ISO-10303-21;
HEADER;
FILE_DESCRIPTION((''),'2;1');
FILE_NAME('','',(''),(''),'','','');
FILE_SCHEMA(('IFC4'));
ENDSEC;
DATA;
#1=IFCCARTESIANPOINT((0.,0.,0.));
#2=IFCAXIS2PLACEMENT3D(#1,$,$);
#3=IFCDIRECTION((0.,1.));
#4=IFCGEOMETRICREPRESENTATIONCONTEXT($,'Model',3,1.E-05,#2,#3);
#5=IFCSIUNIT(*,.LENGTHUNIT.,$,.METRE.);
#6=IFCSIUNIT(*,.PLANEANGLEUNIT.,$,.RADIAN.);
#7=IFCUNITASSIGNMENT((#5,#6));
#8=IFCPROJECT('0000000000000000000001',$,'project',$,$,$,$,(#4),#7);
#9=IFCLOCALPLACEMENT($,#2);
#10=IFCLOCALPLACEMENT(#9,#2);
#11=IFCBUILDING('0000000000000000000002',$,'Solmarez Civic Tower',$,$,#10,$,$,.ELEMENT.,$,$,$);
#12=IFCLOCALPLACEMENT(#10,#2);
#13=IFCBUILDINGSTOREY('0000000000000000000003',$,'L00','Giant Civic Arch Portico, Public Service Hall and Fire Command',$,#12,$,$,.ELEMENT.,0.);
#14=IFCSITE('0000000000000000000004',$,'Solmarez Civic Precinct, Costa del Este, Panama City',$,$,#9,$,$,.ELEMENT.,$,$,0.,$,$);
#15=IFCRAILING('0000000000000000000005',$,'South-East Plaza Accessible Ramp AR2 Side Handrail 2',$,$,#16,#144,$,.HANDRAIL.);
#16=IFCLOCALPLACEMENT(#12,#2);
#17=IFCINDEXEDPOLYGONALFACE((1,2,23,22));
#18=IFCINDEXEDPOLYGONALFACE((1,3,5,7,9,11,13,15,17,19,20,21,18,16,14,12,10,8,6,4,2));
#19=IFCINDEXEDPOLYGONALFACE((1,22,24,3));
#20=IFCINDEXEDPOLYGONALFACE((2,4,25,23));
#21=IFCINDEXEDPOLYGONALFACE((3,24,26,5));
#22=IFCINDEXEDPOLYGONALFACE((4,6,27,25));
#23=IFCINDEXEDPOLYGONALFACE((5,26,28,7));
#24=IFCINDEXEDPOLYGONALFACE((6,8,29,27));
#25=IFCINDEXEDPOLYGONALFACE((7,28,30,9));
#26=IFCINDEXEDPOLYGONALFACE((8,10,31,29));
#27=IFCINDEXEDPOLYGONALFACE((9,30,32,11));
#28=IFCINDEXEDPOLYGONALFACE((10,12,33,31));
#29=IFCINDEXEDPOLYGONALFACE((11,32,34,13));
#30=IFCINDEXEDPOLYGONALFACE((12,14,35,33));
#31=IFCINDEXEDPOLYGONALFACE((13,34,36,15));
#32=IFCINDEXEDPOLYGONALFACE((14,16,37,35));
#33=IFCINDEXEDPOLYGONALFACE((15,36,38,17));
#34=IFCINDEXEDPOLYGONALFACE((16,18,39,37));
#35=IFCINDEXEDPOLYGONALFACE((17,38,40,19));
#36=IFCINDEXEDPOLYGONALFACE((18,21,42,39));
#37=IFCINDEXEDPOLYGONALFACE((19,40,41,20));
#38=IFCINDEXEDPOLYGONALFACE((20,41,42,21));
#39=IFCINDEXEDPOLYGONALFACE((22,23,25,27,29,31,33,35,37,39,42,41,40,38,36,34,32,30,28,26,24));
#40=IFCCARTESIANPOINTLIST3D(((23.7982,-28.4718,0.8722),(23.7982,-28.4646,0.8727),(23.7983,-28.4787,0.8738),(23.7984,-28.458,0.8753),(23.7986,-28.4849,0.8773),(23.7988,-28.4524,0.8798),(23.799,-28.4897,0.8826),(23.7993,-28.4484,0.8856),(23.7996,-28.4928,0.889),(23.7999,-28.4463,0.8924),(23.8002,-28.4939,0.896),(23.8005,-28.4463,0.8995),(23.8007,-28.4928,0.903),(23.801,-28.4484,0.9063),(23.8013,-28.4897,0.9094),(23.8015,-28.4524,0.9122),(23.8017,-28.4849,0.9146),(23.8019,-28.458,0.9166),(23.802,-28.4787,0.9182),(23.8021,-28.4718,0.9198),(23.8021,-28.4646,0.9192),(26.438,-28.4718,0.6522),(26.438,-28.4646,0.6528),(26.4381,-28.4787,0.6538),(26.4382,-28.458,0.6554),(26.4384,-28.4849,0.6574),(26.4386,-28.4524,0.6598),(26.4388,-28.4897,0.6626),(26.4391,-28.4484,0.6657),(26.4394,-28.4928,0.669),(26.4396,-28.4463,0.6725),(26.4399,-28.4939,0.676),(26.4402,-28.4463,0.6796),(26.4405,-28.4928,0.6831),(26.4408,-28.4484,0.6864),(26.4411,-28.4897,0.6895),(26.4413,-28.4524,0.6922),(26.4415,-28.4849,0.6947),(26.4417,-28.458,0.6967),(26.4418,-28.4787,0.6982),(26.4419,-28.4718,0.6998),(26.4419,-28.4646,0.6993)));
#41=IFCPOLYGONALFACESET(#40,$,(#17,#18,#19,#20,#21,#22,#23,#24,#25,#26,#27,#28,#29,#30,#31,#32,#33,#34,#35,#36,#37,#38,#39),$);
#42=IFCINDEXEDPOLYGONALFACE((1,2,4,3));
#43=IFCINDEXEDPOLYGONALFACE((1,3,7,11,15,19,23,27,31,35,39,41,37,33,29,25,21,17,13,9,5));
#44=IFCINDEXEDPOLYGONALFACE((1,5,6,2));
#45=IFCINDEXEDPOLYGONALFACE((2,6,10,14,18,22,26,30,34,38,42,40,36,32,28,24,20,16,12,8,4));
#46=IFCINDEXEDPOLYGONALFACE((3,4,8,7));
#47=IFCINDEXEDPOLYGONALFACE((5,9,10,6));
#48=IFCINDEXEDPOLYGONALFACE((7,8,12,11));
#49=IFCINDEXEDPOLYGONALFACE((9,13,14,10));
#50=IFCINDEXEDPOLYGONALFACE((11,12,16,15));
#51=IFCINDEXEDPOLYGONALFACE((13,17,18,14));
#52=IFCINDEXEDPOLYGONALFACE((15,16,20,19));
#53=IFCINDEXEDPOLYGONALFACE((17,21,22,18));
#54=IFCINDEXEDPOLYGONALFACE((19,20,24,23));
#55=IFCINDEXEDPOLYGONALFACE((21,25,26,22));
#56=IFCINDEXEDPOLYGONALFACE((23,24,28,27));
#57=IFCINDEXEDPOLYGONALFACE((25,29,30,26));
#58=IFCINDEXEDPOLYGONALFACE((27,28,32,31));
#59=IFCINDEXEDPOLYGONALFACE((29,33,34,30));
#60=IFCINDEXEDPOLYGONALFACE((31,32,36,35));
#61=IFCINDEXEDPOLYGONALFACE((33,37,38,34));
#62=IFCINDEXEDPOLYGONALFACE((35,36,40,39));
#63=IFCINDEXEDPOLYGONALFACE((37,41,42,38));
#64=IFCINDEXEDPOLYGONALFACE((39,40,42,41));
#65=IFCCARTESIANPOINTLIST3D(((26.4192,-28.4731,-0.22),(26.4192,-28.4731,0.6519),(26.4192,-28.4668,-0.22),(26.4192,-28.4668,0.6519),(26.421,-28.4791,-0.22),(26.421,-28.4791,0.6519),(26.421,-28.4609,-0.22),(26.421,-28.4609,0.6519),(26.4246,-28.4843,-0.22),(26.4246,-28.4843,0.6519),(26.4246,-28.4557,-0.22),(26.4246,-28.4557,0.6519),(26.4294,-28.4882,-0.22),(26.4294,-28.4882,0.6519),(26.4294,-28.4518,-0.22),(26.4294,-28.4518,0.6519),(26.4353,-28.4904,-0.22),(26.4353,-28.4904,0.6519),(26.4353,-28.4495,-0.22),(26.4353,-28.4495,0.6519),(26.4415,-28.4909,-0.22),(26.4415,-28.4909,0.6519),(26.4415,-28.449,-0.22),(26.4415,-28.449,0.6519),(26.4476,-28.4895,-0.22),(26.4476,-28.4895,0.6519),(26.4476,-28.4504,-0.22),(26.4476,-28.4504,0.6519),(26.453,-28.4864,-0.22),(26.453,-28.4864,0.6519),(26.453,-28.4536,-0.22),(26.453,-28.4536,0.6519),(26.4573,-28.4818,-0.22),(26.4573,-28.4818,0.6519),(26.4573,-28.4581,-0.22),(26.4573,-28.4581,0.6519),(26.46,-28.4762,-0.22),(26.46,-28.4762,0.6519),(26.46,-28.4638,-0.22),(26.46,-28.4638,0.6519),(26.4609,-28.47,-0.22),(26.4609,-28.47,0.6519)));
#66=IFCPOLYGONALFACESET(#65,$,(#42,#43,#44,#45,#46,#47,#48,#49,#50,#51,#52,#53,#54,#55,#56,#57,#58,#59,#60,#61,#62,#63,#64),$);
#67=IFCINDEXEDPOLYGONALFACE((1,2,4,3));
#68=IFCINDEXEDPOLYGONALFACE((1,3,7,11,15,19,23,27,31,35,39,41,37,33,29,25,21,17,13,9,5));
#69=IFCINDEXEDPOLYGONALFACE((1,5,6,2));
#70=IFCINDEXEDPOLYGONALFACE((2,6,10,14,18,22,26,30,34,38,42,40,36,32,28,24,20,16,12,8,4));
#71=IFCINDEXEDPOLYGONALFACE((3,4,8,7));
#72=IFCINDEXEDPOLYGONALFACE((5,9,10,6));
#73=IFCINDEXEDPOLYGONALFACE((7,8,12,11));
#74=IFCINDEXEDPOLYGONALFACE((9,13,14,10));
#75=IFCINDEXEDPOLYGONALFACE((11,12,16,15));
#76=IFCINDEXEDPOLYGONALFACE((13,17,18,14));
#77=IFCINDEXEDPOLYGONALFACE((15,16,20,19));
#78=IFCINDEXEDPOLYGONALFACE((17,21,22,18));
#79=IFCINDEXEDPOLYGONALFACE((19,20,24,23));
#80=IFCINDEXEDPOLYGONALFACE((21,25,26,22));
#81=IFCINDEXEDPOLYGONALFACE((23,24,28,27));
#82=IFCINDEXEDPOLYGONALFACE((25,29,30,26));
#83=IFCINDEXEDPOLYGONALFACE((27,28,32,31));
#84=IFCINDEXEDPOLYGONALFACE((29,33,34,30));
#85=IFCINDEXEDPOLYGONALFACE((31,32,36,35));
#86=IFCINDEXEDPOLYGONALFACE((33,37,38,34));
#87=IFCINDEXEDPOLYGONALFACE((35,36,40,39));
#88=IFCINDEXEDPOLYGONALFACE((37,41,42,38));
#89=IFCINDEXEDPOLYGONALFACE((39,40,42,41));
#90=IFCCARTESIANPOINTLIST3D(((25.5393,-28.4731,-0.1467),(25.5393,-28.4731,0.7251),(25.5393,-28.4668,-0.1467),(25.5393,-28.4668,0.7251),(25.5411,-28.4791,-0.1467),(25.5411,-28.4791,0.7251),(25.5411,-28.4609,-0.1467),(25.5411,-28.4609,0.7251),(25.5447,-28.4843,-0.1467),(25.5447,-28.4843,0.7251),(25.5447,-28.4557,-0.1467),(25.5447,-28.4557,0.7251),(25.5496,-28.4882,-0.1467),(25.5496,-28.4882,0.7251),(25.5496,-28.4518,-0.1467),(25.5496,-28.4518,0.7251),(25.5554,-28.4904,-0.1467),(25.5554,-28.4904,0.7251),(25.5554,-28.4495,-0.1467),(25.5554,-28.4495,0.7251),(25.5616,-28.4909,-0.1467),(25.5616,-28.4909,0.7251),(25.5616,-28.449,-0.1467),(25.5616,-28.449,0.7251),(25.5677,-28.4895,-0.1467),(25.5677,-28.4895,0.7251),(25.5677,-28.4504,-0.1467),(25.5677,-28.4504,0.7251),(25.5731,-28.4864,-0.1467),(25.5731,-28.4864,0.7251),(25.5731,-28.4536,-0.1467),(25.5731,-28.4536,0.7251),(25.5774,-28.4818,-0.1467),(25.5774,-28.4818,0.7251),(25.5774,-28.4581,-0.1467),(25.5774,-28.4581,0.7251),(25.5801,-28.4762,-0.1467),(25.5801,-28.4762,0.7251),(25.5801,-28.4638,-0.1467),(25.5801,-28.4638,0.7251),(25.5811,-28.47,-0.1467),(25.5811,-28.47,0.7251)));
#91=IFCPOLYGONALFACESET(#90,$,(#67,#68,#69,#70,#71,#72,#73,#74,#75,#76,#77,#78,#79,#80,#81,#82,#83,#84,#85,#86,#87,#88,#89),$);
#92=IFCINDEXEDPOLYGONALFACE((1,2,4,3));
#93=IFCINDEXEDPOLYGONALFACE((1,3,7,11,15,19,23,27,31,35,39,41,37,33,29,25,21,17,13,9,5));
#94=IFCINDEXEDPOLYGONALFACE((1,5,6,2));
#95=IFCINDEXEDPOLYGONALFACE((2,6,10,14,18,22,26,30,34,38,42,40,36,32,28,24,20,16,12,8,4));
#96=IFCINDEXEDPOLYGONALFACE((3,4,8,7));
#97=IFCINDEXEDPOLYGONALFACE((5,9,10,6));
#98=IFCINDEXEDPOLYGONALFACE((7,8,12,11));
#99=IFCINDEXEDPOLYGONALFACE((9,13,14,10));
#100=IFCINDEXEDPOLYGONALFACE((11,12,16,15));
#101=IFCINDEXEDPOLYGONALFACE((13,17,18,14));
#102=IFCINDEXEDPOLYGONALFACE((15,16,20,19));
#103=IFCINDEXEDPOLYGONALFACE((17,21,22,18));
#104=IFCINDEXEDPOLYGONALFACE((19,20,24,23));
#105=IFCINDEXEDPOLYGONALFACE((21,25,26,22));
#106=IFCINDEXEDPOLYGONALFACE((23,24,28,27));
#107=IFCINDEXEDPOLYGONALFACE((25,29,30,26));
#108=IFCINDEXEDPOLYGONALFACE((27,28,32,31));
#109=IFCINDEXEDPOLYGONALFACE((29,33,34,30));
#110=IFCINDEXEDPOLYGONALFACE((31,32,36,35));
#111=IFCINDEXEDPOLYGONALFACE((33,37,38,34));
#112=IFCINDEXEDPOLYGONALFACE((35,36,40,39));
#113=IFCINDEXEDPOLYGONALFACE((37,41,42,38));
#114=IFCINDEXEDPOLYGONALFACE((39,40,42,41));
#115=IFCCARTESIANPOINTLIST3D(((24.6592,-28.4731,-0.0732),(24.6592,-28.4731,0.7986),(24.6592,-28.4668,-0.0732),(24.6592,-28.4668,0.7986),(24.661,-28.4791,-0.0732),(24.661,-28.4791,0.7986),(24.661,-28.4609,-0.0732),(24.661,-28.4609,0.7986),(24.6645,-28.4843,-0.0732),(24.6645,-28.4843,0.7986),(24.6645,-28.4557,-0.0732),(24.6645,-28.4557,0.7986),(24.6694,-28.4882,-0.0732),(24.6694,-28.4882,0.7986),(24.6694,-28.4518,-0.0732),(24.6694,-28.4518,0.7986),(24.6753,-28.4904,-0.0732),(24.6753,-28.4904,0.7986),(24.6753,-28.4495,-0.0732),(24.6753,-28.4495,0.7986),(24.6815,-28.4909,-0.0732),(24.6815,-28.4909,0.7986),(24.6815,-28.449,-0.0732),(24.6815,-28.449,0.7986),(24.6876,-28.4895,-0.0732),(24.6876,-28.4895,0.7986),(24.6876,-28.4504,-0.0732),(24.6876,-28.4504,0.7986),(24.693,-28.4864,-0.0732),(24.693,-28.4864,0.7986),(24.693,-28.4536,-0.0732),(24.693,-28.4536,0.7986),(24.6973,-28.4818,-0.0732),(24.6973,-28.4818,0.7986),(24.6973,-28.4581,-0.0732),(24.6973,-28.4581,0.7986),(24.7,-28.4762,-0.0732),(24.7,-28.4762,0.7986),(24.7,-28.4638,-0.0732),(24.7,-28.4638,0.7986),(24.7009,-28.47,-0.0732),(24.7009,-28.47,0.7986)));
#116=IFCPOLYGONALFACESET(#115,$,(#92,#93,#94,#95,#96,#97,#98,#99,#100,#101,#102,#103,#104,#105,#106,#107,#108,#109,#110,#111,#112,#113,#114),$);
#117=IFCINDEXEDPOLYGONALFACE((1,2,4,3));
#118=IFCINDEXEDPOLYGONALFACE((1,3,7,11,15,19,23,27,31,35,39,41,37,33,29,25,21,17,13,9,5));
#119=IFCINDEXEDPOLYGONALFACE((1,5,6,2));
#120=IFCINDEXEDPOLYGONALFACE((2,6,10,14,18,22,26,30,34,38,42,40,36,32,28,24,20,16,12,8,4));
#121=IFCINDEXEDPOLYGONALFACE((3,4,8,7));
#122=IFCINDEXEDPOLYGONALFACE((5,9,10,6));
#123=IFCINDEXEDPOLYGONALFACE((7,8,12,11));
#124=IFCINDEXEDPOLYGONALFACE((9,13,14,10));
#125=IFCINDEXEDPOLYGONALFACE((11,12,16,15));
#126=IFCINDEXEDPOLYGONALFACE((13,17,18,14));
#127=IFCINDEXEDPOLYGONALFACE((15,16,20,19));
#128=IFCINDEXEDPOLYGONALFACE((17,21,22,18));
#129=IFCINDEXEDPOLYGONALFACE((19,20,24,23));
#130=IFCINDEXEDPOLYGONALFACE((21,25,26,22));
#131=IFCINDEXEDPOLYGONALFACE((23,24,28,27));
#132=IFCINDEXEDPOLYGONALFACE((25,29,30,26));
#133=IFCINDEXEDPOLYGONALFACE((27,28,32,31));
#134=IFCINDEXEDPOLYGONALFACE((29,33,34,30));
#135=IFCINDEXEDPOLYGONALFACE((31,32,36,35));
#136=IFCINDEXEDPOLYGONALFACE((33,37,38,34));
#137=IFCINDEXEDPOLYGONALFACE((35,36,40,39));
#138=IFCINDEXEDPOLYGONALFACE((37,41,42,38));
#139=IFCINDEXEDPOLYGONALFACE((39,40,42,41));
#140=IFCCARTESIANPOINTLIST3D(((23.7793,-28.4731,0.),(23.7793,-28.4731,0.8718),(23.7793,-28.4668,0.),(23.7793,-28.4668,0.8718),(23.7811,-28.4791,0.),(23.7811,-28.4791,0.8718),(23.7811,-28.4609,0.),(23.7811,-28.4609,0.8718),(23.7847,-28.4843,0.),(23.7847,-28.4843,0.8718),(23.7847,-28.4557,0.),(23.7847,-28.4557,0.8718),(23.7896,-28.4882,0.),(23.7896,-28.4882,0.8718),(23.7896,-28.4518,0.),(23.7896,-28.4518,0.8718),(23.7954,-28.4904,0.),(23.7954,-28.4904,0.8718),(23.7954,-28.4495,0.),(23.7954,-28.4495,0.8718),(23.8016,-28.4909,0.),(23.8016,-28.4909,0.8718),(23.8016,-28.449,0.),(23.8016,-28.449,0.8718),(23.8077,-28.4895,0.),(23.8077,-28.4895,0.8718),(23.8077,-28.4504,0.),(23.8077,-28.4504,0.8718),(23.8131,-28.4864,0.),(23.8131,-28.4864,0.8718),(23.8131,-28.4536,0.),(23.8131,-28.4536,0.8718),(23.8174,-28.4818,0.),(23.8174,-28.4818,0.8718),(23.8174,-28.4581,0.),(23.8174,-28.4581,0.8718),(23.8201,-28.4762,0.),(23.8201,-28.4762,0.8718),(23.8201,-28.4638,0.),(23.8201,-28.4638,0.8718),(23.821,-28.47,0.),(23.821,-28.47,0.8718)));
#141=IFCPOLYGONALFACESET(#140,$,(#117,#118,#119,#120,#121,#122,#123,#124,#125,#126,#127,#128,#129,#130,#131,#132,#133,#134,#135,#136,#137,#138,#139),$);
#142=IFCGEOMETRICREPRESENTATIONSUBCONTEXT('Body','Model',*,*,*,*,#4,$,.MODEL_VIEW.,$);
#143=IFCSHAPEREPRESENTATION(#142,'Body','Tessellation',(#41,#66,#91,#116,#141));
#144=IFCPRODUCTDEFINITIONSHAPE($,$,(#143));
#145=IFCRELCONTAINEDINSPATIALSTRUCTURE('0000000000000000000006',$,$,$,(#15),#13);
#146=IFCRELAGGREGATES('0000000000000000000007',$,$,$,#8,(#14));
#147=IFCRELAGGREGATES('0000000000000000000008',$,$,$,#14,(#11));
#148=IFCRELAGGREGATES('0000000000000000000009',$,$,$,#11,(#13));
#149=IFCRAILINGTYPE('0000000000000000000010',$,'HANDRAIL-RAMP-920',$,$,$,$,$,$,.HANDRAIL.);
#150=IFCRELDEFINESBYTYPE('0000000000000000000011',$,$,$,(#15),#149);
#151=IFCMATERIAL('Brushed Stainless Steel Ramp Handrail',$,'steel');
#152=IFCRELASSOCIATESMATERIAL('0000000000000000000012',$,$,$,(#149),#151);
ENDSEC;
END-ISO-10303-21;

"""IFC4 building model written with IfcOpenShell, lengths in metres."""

from ifc_helpers import new_model, si_unit, direction, frame, origin, origin_2d, place, context, subcontext, project, spatial, circle, extrude, material, type_object, element, save


model = new_model("IFC4")

# Units and contexts
model_context = context("Model", 3, precision=1e-05, world=origin(), true_north=direction((0.0, 1.0)))
body_context = subcontext(model_context, "Body", "Model", "MODEL_VIEW")
ifc_project = project(units=[si_unit("LENGTHUNIT", "METRE"), si_unit("PLANEANGLEUNIT", "RADIAN")], contexts=[model_context])

# Site, building, storey
site_placement = place(None, origin())
site = spatial("IfcSite", under=ifc_project, at=site_placement, Name="Solmarez Civic Precinct, Costa del Este, Panama City", CompositionType="ELEMENT", RefElevation=0.0)
building_placement = place(site_placement, origin())
building = spatial("IfcBuilding", under=site, at=building_placement, Name="Solmarez Civic Tower", CompositionType="ELEMENT")
storey_placement = place(building_placement, origin())
storey = spatial("IfcBuildingStorey", under=building, at=storey_placement, Name="L00", Description="Giant Civic Arch Portico, Public Service Hall and Fire Command", CompositionType="ELEMENT", Elevation=0.0)

# Railing
ifc_material_1 = material(Name="Brushed Stainless Steel Ramp Handrail", Category="steel")
railing_type_1 = type_object("IfcRailingType", Name="HANDRAIL-RAMP-920", PredefinedType="HANDRAIL", material=ifc_material_1)
for number, where, name in (
    (1, (26.4399, -28.47, -0.22), "South-East Plaza Accessible Ramp AR2 Side Handrail 2"),
):
    element("IfcRailing", number, at=place(storey_placement, frame(where)), inside=storey, type_object=railing_type_1, Name=name, PredefinedType="HANDRAIL", context=body_context, shape_type="SweptSolid", body=[
        extrude(circle(Radius=0.0239, at=origin_2d()), frame((0.0, 0.0, 0.896), z_axis=(-0.996546, 0.0, 0.083038), x_axis=(0.0, -1.0, 0.0)), (0.0, 0.0, 1.0), 2.6489),
        extrude(circle(Radius=0.021, at=origin_2d()), origin(), (0.0, 0.0, 1.0), 0.8718),
        extrude(circle(Radius=0.021, at=origin_2d()), frame((-0.8799, 0.0, 0.0732)), (0.0, 0.0, 1.0), 0.8718),
        extrude(circle(Radius=0.021, at=origin_2d()), frame((-1.76, 0.0, 0.1467)), (0.0, 0.0, 1.0), 0.8718),
        extrude(circle(Radius=0.021, at=origin_2d()), frame((-2.6399, 0.0, 0.22)), (0.0, 0.0, 1.0), 0.8718),
    ])

save(model, "model.ifc")
